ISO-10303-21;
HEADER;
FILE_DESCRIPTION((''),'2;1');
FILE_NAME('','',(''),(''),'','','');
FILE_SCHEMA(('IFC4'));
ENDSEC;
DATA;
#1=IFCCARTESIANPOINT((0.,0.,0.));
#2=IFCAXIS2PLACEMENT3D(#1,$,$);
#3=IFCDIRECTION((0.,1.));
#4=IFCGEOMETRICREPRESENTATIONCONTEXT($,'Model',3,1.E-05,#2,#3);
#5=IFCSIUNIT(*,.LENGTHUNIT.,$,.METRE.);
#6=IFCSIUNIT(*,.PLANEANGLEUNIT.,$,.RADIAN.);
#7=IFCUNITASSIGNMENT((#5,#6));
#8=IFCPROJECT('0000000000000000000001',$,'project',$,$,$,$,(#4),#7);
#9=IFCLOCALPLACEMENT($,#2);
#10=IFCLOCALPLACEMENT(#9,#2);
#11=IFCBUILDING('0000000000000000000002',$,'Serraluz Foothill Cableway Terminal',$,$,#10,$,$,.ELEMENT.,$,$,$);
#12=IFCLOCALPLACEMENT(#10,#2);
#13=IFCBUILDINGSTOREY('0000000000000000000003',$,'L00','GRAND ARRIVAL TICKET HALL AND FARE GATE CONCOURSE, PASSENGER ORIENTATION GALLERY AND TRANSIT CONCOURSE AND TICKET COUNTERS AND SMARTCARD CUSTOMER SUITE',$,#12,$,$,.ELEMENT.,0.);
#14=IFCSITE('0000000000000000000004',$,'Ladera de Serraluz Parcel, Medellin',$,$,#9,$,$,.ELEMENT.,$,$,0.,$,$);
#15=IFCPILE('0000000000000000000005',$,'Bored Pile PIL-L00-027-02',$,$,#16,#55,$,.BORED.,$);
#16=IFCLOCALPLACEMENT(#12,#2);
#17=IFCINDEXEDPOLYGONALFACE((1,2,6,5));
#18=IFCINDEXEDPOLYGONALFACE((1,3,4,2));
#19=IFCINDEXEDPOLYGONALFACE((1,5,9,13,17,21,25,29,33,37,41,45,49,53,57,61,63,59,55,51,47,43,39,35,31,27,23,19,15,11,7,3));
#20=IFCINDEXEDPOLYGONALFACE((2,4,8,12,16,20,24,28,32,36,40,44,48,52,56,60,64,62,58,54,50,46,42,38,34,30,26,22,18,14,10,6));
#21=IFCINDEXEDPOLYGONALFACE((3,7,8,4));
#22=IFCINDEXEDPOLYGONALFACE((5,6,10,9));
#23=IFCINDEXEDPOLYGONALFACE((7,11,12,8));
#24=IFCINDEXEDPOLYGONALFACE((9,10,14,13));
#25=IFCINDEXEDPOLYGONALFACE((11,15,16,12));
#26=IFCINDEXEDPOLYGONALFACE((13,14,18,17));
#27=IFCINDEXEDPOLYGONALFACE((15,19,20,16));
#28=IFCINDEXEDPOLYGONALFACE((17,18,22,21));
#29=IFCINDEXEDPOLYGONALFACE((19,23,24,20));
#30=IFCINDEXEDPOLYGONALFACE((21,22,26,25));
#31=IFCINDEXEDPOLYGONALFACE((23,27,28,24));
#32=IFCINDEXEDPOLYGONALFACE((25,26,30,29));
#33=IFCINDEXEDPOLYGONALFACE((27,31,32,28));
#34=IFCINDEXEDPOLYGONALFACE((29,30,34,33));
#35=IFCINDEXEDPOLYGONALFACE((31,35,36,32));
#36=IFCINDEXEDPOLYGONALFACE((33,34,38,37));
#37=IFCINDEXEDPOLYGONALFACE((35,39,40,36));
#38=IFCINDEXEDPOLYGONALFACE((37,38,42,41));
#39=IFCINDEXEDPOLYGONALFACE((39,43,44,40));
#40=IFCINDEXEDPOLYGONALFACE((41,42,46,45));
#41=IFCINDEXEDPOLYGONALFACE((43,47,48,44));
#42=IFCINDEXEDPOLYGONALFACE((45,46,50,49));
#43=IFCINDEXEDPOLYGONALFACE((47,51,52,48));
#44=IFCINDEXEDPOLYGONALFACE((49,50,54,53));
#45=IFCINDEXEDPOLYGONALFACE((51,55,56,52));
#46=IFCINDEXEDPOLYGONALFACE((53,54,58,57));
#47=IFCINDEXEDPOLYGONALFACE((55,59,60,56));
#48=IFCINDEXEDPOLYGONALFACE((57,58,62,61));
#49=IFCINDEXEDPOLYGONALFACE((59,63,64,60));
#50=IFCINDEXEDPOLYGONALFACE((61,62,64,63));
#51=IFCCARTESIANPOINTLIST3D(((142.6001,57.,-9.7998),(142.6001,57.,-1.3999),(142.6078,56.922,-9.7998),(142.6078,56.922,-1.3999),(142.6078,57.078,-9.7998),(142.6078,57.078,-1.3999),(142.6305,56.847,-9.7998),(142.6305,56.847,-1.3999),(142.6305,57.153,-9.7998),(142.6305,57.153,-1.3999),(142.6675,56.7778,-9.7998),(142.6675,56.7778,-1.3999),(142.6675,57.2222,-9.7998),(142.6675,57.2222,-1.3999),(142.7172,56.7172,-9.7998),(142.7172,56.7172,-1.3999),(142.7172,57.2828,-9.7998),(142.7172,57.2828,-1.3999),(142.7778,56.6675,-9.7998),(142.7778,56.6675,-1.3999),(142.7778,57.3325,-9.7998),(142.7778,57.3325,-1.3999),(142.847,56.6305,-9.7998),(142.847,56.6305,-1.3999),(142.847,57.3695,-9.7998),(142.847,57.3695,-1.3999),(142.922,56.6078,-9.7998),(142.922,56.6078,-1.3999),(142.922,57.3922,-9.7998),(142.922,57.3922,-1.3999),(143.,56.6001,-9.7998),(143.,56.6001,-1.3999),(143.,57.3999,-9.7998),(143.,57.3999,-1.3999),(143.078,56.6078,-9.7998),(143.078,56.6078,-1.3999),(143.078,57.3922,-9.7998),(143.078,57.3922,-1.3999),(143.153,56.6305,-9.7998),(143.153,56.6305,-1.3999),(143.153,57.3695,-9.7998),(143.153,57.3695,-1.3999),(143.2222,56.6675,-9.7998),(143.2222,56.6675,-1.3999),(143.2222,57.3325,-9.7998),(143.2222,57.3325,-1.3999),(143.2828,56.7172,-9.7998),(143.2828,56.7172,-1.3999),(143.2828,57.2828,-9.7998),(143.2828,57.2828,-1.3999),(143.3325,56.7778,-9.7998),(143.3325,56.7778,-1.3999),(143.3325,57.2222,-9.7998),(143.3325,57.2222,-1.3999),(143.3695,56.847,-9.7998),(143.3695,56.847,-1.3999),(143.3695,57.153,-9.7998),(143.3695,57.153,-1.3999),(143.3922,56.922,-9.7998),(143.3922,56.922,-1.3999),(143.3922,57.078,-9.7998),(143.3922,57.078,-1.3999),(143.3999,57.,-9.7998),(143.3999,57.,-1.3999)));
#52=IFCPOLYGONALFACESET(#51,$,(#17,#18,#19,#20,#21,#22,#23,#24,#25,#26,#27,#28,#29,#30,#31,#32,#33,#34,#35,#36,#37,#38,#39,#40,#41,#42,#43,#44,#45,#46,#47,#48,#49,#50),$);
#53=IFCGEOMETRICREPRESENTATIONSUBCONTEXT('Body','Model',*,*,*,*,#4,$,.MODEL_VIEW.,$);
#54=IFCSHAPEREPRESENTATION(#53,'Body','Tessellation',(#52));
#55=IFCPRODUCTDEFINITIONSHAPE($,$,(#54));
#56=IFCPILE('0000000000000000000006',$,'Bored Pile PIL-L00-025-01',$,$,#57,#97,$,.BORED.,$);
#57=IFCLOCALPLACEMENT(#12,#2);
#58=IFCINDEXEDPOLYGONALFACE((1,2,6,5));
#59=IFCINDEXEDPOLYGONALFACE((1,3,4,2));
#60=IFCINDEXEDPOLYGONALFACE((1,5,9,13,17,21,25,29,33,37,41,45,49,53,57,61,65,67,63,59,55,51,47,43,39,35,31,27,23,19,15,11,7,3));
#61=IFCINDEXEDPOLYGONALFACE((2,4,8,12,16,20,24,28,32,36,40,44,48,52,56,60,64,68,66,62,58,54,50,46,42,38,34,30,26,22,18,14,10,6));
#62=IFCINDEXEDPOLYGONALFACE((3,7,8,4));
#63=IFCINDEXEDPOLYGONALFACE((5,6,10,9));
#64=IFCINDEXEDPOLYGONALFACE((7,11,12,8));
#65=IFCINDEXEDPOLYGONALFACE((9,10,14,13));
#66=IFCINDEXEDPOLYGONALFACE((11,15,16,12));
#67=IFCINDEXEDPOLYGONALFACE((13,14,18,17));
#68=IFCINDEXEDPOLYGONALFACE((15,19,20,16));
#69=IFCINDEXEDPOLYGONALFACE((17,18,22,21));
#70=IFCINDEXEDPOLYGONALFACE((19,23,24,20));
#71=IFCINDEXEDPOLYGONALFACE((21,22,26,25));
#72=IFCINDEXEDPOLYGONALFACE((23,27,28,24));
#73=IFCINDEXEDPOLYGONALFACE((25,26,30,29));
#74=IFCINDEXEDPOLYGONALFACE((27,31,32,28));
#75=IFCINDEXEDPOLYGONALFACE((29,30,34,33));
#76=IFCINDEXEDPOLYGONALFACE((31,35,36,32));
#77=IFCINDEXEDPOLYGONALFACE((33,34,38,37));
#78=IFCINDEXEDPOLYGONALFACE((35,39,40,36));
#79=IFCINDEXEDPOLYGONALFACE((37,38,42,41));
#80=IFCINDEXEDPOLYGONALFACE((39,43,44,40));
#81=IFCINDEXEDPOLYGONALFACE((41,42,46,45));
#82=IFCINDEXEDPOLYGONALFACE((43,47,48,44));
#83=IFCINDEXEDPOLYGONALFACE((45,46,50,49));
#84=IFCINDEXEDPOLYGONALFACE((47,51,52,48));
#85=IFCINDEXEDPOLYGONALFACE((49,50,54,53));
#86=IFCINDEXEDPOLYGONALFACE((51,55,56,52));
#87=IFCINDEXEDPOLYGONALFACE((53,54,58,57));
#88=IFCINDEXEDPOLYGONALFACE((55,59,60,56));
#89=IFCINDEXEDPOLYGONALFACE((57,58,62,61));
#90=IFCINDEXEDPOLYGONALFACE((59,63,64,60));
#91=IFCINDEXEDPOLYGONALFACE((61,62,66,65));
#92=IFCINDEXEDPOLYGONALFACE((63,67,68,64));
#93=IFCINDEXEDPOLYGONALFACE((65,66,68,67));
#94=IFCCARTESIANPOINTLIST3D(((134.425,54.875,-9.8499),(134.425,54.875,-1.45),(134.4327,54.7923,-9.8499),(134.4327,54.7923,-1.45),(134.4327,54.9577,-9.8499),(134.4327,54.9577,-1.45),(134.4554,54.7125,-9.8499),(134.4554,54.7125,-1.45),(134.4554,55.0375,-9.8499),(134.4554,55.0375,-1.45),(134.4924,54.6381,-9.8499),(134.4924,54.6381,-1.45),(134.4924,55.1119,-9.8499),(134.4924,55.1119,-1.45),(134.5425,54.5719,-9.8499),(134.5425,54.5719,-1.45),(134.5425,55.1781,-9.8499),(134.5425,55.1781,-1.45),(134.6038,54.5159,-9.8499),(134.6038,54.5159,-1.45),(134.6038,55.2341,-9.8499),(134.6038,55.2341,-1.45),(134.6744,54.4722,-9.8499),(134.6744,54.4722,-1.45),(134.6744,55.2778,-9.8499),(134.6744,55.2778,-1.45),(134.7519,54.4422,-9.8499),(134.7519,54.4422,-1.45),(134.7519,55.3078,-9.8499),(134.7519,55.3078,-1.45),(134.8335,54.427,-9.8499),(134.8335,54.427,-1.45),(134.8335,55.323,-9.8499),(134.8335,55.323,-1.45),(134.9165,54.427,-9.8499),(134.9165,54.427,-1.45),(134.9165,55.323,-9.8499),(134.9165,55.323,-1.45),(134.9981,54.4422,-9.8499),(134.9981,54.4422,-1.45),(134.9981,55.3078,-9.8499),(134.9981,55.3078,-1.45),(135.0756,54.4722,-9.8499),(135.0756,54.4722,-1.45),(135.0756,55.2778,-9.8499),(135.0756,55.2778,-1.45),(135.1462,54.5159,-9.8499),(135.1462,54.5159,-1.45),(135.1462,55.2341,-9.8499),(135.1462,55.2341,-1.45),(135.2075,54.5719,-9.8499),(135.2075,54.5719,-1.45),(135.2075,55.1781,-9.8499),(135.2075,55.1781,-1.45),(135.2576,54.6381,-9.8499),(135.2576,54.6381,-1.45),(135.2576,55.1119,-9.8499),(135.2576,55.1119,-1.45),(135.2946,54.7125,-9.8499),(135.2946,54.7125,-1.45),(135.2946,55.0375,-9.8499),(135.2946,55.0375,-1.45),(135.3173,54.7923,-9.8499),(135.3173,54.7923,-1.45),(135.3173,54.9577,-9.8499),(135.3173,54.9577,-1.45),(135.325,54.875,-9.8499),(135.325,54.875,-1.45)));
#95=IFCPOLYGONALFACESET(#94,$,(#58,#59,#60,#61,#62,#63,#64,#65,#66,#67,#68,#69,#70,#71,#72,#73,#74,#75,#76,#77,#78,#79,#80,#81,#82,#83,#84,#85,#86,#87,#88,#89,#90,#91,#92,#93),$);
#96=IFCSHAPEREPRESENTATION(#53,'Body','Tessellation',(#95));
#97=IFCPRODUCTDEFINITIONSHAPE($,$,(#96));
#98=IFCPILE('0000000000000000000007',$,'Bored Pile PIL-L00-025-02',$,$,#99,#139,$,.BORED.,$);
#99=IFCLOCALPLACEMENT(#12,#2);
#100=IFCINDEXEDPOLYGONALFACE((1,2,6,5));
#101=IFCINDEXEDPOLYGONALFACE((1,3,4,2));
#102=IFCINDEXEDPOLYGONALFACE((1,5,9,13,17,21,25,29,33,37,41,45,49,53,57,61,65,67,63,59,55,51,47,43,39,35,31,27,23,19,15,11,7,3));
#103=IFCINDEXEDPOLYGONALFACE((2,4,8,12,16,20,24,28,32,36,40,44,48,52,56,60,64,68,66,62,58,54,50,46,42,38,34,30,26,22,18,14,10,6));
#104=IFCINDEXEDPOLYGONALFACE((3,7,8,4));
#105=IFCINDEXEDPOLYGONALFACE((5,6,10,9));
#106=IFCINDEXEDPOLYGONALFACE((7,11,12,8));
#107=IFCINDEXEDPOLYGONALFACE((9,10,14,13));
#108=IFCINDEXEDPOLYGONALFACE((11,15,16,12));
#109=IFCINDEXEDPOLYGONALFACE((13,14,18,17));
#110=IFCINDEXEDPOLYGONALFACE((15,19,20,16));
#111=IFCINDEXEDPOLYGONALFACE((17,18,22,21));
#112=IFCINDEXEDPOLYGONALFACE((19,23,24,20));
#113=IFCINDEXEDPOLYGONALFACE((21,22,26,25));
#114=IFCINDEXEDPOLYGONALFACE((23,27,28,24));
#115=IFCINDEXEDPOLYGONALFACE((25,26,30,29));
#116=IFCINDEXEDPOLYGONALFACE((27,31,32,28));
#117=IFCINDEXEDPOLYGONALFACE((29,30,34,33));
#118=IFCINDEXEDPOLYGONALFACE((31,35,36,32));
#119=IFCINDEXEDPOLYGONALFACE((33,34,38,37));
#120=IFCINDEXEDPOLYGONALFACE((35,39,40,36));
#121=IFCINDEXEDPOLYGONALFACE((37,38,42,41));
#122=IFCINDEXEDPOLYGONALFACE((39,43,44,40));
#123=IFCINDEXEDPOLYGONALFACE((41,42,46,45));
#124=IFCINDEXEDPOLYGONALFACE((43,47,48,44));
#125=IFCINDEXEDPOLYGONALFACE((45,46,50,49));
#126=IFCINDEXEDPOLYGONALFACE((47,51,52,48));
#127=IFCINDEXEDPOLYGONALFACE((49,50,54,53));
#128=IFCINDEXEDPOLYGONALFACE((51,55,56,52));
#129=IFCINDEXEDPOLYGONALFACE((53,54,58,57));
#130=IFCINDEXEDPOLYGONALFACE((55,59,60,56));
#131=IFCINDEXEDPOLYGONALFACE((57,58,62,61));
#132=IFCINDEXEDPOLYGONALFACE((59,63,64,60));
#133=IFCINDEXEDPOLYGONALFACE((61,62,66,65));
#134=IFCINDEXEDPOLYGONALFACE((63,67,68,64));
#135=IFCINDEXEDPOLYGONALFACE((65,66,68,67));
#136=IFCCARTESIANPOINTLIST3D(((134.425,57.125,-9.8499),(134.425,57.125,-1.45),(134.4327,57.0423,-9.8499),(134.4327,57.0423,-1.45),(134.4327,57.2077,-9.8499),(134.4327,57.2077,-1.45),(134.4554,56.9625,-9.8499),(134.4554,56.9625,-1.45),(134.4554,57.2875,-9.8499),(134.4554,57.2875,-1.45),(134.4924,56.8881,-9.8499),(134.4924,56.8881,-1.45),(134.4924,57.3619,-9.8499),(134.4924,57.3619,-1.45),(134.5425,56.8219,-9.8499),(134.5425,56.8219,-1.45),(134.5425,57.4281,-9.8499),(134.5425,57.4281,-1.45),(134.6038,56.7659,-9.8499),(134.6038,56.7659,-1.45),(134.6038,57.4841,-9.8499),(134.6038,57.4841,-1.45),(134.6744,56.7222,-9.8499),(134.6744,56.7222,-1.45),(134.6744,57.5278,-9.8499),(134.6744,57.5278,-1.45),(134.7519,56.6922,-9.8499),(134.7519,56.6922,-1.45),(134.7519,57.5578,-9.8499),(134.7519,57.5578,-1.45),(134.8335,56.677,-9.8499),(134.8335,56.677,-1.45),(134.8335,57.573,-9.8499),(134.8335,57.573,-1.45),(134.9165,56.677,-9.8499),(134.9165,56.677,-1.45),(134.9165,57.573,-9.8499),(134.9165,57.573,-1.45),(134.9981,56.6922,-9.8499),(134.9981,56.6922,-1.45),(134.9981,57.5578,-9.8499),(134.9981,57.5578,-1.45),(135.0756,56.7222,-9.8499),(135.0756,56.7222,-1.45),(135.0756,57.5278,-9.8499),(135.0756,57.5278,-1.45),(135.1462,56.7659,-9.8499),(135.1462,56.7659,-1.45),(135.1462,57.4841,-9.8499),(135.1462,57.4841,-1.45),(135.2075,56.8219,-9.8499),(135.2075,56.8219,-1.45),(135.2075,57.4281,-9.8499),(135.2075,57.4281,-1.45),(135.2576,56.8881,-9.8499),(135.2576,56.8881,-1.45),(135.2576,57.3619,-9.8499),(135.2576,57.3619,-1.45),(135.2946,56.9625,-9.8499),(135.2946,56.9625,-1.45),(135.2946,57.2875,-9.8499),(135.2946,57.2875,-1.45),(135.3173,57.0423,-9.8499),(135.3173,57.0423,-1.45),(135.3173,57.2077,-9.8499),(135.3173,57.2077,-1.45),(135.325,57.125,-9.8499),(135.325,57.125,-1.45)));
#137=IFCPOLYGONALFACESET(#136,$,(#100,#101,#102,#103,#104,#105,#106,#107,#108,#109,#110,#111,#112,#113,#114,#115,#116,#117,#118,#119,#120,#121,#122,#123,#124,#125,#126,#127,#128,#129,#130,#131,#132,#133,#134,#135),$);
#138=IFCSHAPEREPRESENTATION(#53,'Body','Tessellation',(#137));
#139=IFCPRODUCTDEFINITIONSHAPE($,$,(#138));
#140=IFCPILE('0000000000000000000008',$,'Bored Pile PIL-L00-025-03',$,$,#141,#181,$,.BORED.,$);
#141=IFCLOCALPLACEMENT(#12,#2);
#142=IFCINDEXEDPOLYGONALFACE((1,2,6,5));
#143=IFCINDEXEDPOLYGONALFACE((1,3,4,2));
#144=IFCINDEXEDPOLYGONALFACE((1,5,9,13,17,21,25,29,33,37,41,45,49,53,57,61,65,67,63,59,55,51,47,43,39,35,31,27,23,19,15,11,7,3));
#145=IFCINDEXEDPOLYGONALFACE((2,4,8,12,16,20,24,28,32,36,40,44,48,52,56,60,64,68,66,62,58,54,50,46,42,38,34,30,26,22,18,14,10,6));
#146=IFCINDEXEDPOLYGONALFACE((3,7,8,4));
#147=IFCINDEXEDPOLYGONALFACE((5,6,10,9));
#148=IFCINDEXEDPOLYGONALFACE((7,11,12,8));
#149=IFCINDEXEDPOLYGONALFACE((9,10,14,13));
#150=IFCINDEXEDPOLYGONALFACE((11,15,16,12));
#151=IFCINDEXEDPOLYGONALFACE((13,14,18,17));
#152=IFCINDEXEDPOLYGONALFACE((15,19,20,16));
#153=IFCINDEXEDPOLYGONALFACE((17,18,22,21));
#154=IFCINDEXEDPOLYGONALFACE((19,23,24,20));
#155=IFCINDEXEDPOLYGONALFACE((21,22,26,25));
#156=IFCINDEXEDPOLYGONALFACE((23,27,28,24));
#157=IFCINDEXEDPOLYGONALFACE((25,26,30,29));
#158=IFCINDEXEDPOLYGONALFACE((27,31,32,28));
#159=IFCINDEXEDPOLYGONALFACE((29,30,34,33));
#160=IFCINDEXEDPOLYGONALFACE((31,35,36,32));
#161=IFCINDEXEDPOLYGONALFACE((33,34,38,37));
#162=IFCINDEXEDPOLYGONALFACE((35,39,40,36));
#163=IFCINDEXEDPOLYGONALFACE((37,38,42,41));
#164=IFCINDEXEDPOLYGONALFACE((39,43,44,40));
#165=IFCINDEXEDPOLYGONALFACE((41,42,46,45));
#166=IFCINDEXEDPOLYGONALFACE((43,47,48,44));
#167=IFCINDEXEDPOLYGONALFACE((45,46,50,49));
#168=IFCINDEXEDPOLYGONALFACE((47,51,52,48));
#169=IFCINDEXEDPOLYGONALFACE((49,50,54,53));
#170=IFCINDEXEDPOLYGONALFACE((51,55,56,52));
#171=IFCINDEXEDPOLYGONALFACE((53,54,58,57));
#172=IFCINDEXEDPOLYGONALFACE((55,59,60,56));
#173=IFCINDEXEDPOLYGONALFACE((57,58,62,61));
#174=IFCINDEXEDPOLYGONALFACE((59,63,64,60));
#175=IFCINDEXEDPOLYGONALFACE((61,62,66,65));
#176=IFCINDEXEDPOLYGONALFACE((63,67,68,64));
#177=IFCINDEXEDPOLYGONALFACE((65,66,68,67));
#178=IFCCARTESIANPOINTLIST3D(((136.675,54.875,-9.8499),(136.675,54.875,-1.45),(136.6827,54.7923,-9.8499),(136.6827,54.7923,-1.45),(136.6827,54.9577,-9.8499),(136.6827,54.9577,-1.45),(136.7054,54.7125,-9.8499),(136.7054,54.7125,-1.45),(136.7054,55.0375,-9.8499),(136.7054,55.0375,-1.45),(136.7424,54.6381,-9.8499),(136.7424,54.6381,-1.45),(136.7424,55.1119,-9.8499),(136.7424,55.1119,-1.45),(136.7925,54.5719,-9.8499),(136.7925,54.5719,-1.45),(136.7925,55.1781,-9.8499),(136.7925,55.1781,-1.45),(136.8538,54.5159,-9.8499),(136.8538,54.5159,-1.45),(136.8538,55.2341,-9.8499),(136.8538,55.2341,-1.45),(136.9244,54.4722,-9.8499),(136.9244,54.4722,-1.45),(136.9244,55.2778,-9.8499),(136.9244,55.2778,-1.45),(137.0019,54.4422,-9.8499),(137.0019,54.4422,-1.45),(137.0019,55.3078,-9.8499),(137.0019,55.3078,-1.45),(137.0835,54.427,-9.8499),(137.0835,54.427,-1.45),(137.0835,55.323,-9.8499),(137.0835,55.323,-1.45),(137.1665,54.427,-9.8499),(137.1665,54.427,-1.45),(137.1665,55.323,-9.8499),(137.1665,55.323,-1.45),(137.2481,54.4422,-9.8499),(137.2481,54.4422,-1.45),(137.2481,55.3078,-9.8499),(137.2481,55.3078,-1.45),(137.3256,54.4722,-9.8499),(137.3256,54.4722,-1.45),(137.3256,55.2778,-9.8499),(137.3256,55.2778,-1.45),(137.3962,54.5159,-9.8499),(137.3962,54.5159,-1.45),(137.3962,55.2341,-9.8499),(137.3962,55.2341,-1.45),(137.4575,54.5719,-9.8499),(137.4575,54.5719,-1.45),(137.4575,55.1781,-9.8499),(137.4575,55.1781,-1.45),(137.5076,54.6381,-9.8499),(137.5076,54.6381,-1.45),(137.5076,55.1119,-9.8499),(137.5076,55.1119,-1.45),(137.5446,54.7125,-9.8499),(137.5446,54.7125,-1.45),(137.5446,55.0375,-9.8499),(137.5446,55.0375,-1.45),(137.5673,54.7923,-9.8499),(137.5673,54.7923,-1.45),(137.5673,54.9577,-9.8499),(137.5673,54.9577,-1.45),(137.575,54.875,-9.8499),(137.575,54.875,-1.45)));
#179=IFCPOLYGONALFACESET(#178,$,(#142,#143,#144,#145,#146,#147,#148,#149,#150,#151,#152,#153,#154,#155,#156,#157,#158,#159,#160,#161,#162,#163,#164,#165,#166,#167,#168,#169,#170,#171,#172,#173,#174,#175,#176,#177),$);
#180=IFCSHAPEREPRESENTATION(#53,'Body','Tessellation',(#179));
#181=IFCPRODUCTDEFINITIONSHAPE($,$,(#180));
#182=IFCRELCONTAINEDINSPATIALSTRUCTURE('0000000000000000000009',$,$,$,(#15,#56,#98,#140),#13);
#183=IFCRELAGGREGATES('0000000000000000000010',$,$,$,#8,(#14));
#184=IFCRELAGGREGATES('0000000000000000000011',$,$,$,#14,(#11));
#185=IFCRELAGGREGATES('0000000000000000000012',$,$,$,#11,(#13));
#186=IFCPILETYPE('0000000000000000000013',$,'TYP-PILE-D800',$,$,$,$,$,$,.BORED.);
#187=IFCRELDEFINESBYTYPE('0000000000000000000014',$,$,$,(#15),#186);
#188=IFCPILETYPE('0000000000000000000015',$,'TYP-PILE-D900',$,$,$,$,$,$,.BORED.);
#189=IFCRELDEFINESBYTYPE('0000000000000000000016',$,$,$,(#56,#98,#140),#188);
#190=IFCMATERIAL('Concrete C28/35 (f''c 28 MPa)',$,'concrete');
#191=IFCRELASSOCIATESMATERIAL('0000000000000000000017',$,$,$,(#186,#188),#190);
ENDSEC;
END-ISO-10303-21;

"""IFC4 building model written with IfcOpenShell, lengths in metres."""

from ifc_helpers import new_model, si_unit, direction, frame, origin, origin_2d, place, context, subcontext, project, spatial, circle, extrude, material, material_profile, profile_set, type_object, element, save


model = new_model("IFC4")

# Units and contexts
model_context = context("Model", 3, precision=1e-05, world=origin(), true_north=direction((0.0, 1.0)))
body_context = subcontext(model_context, "Body", "Model", "MODEL_VIEW")
ifc_project = project(units=[si_unit("LENGTHUNIT", "METRE"), si_unit("PLANEANGLEUNIT", "RADIAN")], contexts=[model_context])

# Site, building, storey
site_placement = place(None, origin())
site = spatial("IfcSite", under=ifc_project, at=site_placement, Name="Ladera de Serraluz Parcel, Medellin", CompositionType="ELEMENT", RefElevation=0.0)
building_placement = place(site_placement, origin())
building = spatial("IfcBuilding", under=site, at=building_placement, Name="Serraluz Foothill Cableway Terminal", CompositionType="ELEMENT")
storey_placement = place(building_placement, origin())
storey = spatial("IfcBuildingStorey", under=building, at=storey_placement, Name="L00", Description="GRAND ARRIVAL TICKET HALL AND FARE GATE CONCOURSE, PASSENGER ORIENTATION GALLERY AND TRANSIT CONCOURSE AND TICKET COUNTERS AND SMARTCARD CUSTOMER SUITE", CompositionType="ELEMENT", Elevation=0.0)

# Piles
ifc_material_1 = material(Name="Concrete C28/35 (f'c 28 MPa)", Category="concrete")
ifc_material_profile_1 = material_profile(ifc_material_1, circle(Radius=0.3999, at=origin_2d()), Name="BORED PILE D800")
ifc_profile_set_1 = profile_set([ifc_material_profile_1], Name="Concrete C28/35 (f'c 28 MPa)")
pile_type_1 = type_object("IfcPileType", Name="TYP-PILE-D800", PredefinedType="BORED", material=ifc_profile_set_1)
for number, where, z_axis, x_axis, name in (
    (1, (143.0, 57.0, -1.3999), (0.0, 0.0, -1.0), (1.0, 0.0, 0.0), "Bored Pile PIL-L00-027-02"),
):
    element("IfcPile", number, at=place(storey_placement, frame(where, z_axis=z_axis, x_axis=x_axis)), inside=storey, type_object=pile_type_1, Name=name, PredefinedType="BORED", context=body_context, shape_type="SweptSolid", body=[
        extrude(circle(Radius=0.3999, at=origin_2d()), origin(), (0.0, 0.0, 1.0), 8.3999),
    ])
ifc_material_profile_2 = material_profile(ifc_material_1, circle(Radius=0.45, at=origin_2d()), Name="BORED PILE D900")
ifc_profile_set_2 = profile_set([ifc_material_profile_2], Name="Concrete C28/35 (f'c 28 MPa)")
pile_type_2 = type_object("IfcPileType", Name="TYP-PILE-D900", PredefinedType="BORED", material=ifc_profile_set_2)
for number, where, z_axis, x_axis, name in (
    (2, (134.875, 54.875, -1.45), (0.0, 0.0, -1.0), (1.0, 0.0, 0.0), "Bored Pile PIL-L00-025-01"),
    (3, (134.875, 57.125, -1.45), (0.0, 0.0, -1.0), (1.0, 0.0, 0.0), "Bored Pile PIL-L00-025-02"),
    (4, (137.125, 54.875, -1.45), (0.0, 0.0, -1.0), (1.0, 0.0, 0.0), "Bored Pile PIL-L00-025-03"),
):
    element("IfcPile", number, at=place(storey_placement, frame(where, z_axis=z_axis, x_axis=x_axis)), inside=storey, type_object=pile_type_2, Name=name, PredefinedType="BORED", context=body_context, shape_type="SweptSolid", body=[
        extrude(circle(Radius=0.45, at=origin_2d()), origin(), (0.0, 0.0, 1.0), 8.3999),
    ])

save(model, "model.ifc")
